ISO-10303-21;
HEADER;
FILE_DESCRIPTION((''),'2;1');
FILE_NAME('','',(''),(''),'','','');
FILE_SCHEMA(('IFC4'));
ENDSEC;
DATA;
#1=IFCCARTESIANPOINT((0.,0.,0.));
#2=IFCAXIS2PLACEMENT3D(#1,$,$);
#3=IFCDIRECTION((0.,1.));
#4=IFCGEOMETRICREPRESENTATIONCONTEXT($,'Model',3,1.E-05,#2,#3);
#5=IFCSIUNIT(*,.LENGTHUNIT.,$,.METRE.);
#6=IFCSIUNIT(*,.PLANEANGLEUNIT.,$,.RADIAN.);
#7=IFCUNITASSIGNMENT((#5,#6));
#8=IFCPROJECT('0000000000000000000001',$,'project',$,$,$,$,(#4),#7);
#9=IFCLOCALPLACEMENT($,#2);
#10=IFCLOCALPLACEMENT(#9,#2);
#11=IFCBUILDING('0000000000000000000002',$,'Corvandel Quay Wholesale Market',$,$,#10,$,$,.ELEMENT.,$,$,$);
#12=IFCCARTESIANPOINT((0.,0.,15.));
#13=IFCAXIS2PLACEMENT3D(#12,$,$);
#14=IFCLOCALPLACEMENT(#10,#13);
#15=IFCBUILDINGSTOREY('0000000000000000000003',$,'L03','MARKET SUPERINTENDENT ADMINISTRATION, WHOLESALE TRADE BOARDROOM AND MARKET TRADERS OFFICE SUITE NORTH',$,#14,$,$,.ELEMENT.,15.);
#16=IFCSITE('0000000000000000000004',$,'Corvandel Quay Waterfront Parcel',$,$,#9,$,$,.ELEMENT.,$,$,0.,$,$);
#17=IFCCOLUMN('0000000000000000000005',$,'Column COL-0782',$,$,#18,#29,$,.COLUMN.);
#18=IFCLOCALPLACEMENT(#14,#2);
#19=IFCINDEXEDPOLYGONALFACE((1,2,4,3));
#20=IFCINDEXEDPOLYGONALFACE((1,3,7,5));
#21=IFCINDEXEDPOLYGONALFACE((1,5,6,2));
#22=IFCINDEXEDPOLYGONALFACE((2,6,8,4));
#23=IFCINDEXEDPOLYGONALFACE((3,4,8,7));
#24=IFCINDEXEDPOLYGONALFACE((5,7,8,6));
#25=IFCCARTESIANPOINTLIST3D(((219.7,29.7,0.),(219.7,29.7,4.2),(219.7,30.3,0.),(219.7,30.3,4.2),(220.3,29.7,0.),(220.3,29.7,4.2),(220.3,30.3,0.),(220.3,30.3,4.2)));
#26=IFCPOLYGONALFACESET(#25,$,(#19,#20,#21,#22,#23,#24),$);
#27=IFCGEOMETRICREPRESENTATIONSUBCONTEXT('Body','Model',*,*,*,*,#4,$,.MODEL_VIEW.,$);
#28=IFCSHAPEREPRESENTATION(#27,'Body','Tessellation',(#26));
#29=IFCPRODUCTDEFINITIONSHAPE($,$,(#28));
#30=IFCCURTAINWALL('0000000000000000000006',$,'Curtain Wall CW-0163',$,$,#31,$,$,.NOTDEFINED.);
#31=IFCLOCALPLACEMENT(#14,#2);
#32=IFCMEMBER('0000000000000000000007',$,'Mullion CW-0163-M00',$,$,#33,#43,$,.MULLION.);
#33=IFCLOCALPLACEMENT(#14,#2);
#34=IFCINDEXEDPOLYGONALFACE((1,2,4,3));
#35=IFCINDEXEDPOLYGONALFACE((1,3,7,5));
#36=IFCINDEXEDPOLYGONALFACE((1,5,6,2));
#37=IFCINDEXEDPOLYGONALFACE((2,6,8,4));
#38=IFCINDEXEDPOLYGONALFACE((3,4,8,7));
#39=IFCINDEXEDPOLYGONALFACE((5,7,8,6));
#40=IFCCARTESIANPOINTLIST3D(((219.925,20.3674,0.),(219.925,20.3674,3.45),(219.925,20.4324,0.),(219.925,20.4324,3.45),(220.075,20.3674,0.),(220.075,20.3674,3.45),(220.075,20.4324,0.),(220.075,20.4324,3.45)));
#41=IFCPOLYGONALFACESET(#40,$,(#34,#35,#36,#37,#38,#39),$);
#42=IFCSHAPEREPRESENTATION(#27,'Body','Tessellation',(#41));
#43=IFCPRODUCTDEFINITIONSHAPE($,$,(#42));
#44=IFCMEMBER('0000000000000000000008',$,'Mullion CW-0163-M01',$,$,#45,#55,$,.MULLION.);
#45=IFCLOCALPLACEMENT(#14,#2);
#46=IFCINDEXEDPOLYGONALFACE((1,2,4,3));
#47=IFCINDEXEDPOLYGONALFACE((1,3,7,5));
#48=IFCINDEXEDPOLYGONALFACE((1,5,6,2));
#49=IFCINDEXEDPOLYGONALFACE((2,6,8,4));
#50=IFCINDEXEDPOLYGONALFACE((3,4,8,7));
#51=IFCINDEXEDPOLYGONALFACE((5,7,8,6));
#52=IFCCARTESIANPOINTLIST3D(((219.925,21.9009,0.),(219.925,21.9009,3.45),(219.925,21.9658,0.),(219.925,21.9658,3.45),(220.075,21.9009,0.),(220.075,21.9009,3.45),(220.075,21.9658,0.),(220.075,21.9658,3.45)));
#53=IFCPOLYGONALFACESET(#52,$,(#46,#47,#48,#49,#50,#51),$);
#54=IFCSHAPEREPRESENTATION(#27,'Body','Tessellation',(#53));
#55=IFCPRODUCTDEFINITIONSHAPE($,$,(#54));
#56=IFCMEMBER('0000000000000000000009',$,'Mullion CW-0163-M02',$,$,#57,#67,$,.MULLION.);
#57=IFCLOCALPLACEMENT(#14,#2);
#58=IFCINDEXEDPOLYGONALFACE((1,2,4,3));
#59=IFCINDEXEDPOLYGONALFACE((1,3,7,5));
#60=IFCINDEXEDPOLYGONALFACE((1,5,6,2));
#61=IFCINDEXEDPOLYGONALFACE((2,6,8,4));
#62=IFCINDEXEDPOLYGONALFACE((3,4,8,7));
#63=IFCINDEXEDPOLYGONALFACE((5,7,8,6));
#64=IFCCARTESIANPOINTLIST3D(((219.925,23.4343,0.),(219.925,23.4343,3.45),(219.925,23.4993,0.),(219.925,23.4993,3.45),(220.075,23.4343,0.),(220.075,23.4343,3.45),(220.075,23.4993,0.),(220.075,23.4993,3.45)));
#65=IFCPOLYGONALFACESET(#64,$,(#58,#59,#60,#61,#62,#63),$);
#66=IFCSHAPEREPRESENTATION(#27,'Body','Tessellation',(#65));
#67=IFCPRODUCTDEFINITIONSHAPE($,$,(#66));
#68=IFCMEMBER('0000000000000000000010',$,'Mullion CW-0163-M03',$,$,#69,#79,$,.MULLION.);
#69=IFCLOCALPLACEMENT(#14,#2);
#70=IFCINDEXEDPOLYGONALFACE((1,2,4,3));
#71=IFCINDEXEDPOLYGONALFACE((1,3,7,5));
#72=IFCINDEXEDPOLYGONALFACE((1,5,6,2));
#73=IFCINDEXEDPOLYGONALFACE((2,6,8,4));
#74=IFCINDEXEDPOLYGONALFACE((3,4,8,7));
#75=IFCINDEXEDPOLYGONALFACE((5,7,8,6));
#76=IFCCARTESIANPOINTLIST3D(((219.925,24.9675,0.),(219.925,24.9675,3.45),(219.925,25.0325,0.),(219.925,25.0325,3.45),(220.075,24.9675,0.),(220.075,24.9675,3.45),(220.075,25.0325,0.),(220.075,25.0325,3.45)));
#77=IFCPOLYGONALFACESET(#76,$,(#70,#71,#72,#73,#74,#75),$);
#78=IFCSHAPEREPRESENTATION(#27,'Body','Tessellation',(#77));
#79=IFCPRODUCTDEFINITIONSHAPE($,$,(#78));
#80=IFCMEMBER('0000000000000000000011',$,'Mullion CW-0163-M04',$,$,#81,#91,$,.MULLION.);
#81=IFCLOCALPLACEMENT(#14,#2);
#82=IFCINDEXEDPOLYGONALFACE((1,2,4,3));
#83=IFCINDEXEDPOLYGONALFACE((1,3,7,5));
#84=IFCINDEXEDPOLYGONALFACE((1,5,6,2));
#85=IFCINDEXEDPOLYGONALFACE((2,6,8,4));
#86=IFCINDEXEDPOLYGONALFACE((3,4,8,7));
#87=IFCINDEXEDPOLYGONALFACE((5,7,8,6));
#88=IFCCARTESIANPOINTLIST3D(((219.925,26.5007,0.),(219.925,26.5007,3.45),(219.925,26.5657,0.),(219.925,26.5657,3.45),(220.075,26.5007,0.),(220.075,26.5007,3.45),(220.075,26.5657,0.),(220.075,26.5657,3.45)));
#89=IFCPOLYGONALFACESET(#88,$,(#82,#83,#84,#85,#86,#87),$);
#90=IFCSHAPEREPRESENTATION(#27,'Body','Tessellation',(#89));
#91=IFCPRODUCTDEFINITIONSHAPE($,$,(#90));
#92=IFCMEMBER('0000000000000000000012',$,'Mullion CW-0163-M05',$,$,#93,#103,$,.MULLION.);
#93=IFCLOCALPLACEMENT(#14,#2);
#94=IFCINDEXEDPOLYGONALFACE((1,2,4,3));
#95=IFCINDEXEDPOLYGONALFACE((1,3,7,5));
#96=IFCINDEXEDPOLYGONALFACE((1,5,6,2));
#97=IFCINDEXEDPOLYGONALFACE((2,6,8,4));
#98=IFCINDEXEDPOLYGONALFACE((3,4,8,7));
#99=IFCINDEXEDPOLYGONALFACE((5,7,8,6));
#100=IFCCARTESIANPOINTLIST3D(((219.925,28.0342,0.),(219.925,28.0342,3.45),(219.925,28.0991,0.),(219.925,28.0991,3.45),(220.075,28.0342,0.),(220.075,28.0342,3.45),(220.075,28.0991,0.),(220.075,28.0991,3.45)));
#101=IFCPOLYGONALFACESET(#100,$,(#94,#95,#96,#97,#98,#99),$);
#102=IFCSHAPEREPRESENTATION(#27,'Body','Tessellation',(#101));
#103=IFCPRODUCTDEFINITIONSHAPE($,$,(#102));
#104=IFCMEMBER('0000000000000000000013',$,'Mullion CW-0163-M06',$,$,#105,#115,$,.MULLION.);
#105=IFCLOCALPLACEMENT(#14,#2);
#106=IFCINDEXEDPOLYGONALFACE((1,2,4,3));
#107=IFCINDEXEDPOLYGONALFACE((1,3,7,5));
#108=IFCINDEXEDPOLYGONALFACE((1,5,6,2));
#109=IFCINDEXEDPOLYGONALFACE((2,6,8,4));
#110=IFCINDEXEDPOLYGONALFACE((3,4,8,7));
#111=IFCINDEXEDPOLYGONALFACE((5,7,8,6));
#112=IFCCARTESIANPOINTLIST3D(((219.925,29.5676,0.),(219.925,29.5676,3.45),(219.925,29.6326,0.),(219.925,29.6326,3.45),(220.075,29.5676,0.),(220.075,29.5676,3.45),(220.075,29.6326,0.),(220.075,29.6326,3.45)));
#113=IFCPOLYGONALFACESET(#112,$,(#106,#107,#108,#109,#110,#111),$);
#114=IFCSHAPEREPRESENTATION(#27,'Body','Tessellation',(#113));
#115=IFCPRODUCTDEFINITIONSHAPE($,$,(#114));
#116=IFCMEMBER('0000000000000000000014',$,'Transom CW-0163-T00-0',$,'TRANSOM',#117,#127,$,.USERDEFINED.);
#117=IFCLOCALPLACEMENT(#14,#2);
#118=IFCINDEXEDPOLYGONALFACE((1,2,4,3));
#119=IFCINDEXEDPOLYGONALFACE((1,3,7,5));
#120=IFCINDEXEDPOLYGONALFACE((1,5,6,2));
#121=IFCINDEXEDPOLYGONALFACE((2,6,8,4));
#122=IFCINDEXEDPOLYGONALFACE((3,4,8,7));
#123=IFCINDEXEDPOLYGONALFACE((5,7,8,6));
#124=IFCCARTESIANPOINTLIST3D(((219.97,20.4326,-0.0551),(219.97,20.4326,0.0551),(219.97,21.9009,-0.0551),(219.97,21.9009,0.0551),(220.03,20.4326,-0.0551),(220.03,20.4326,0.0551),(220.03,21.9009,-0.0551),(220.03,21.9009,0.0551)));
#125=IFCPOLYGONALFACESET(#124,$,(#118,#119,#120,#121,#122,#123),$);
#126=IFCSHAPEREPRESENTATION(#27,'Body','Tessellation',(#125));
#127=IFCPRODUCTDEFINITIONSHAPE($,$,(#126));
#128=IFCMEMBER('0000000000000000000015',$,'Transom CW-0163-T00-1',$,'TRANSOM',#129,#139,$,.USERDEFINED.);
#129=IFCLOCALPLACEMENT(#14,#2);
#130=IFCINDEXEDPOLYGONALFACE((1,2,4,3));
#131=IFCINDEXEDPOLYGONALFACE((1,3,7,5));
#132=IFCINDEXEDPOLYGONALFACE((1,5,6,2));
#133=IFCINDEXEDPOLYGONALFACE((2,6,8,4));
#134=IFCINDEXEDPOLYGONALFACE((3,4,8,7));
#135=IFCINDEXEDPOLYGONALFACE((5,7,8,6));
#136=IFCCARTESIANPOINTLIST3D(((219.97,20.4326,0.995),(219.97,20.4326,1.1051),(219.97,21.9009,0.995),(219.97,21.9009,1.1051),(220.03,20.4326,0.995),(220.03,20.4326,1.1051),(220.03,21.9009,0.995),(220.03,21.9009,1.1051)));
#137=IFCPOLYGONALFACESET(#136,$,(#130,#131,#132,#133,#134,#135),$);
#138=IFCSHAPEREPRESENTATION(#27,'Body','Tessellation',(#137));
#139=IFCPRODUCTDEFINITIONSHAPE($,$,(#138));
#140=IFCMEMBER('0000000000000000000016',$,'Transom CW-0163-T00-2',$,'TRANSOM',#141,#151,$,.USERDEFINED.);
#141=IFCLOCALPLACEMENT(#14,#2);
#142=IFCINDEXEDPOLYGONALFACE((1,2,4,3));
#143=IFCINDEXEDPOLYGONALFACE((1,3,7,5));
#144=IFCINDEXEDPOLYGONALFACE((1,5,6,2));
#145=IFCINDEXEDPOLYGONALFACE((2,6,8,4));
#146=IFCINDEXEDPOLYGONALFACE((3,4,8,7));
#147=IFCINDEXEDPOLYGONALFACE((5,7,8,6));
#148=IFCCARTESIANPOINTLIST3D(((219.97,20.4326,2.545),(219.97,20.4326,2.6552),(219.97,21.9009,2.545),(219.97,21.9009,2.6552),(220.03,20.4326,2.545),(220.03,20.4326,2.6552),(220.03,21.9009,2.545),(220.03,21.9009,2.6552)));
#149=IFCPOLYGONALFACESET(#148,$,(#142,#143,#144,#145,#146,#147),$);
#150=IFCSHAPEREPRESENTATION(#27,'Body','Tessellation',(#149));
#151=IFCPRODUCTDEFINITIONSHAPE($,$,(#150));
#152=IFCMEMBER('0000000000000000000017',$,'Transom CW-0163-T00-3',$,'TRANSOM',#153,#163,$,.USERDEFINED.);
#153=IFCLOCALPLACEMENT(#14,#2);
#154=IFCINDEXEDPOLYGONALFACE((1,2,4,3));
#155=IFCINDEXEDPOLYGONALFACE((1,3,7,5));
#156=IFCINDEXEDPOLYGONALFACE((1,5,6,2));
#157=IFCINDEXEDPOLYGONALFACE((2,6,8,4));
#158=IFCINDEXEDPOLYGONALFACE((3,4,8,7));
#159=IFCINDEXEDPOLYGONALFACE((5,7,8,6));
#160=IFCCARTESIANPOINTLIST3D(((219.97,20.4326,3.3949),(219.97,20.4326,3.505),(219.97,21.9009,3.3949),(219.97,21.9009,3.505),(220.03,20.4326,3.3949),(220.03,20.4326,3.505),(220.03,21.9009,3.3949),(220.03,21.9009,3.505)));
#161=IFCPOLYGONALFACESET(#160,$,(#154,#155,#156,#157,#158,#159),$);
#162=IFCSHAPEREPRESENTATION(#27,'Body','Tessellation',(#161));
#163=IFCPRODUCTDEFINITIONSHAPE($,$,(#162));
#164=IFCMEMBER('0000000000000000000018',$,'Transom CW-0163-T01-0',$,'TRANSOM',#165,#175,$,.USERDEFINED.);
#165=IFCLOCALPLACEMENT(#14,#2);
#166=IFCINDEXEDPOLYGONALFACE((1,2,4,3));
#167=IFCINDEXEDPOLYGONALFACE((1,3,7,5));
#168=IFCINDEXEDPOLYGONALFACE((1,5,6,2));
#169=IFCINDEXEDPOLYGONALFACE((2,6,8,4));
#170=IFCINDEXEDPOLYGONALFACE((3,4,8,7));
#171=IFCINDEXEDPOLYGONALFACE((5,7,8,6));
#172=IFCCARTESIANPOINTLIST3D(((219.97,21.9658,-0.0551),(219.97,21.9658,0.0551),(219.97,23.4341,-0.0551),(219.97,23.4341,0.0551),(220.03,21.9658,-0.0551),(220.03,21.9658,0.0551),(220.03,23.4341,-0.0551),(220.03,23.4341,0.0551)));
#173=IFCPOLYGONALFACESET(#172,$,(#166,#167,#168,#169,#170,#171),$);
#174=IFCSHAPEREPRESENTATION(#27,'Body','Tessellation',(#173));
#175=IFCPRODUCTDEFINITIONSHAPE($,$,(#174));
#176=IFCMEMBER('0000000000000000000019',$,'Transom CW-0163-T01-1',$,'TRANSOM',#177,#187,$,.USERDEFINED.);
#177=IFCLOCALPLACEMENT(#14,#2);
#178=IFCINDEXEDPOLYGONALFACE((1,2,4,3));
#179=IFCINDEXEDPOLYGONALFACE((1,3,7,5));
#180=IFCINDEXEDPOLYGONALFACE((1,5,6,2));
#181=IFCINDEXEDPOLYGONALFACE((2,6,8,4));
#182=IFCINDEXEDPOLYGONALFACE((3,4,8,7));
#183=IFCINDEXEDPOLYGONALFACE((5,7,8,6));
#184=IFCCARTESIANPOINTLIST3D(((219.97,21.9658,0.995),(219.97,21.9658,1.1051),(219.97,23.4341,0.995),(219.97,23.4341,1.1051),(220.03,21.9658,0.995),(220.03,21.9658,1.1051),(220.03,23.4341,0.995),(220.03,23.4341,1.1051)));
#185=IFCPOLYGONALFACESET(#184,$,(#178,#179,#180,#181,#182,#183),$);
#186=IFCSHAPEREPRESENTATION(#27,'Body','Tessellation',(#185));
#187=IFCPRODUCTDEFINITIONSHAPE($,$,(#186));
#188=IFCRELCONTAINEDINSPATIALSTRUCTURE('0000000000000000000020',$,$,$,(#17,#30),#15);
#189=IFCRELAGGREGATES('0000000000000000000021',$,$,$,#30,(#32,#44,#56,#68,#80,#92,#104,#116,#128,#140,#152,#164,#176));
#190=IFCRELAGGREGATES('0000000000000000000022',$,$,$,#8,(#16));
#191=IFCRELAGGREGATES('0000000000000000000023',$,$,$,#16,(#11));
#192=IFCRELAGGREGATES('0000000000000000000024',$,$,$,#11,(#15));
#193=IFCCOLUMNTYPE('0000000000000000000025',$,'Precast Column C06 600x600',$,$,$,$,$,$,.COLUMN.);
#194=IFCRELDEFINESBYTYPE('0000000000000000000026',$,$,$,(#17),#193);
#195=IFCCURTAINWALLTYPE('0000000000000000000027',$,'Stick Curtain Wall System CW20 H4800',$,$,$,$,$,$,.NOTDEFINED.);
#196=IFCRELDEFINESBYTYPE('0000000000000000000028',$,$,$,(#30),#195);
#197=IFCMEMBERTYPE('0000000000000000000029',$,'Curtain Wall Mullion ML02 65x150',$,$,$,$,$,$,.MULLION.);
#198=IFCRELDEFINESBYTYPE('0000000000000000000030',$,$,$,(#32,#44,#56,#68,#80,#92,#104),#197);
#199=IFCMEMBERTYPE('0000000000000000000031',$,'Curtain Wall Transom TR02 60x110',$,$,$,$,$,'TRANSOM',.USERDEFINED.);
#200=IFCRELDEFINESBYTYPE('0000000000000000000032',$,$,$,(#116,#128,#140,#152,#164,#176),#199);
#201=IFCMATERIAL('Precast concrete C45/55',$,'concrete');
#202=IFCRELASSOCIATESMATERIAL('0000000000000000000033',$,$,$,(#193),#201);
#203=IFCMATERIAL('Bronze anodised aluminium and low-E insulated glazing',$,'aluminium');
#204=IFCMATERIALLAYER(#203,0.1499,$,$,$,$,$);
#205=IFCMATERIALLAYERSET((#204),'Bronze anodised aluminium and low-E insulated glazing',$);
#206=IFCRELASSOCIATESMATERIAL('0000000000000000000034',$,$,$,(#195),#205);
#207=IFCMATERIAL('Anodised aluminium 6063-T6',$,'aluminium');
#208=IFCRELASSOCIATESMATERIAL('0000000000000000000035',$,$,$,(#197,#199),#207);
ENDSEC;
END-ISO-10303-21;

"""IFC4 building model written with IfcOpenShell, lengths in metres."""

from ifc_helpers import new_model, si_unit, direction, frame, origin, origin_2d, place, context, subcontext, project, spatial, rectangle, extrude, material, layer, layer_set, material_profile, profile_set, type_object, element, aggregate, save


model = new_model("IFC4")

# Units and contexts
model_context = context("Model", 3, precision=1e-05, world=origin(), true_north=direction((0.0, 1.0)))
body_context = subcontext(model_context, "Body", "Model", "MODEL_VIEW")
ifc_project = project(units=[si_unit("LENGTHUNIT", "METRE"), si_unit("PLANEANGLEUNIT", "RADIAN")], contexts=[model_context])

# Site, building, storey
site_placement = place(None, origin())
site = spatial("IfcSite", under=ifc_project, at=site_placement, Name="Corvandel Quay Waterfront Parcel", CompositionType="ELEMENT", RefElevation=0.0)
building_placement = place(site_placement, origin())
building = spatial("IfcBuilding", under=site, at=building_placement, Name="Corvandel Quay Wholesale Market", CompositionType="ELEMENT")
storey_placement = place(building_placement, frame((0.0, 0.0, 15.0)))
storey = spatial("IfcBuildingStorey", under=building, at=storey_placement, Name="L03", Description="MARKET SUPERINTENDENT ADMINISTRATION, WHOLESALE TRADE BOARDROOM AND MARKET TRADERS OFFICE SUITE NORTH", CompositionType="ELEMENT", Elevation=15.0)

# Column
ifc_material_1 = material(Name="Precast concrete C45/55", Category="concrete")
ifc_material_profile_1 = material_profile(ifc_material_1, rectangle(XDim=0.6001, YDim=0.6001, at=origin_2d()), Name="PC-COL-600x600")
ifc_profile_set_1 = profile_set([ifc_material_profile_1], Name="Precast concrete C45/55")
column_type = type_object("IfcColumnType", Name="Precast Column C06 600x600", PredefinedType="COLUMN", material=ifc_profile_set_1)
column_placement = place(storey_placement, frame((220.0, 30.0, 0.0), z_axis=(0.0, 0.0, 1.0), x_axis=(1.0, 0.0, 0.0)))
element("IfcColumn", 1, at=column_placement, inside=storey, type_object=column_type, Name="Column COL-0782", PredefinedType="COLUMN", context=body_context, shape_type="SweptSolid", body=[
    extrude(rectangle(XDim=0.6001, YDim=0.6001, at=origin_2d()), origin(), (0.0, 0.0, 1.0), 4.2),
])

# Curtain wall, members
ifc_material_2 = material(Name="Bronze anodised aluminium and low-E insulated glazing", Category="aluminium")
ifc_layer_1 = layer(ifc_material_2, 0.1499)
ifc_layer_set_1 = layer_set([ifc_layer_1], Name="Bronze anodised aluminium and low-E insulated glazing")
curtain_wall_type = type_object("IfcCurtainWallType", Name="Stick Curtain Wall System CW20 H4800", PredefinedType="NOTDEFINED", material=ifc_layer_set_1)
curtain_wall_placement = place(storey_placement, origin())
curtain_wall = element("IfcCurtainWall", 2, at=curtain_wall_placement, inside=storey, type_object=curtain_wall_type, Name="Curtain Wall CW-0163", PredefinedType="NOTDEFINED")
ifc_material_3 = material(Name="Anodised aluminium 6063-T6", Category="aluminium")
ifc_material_profile_2 = material_profile(ifc_material_3, rectangle(XDim=0.0649, YDim=0.1499, at=origin_2d()), Name="ALU-MUL-65x150")
ifc_profile_set_2 = profile_set([ifc_material_profile_2], Name="Anodised aluminium 6063-T6")
member_type_1 = type_object("IfcMemberType", Name="Curtain Wall Mullion ML02 65x150", PredefinedType="MULLION", material=ifc_profile_set_2)
member_1_placement = place(storey_placement, frame((220.0, 20.3999, 0.0), z_axis=(0.0, 0.0, 1.0), x_axis=(0.0, 1.0, 0.0)))
member_1 = element("IfcMember", 3, at=member_1_placement, type_object=member_type_1, Name="Mullion CW-0163-M00", PredefinedType="MULLION", context=body_context, shape_type="SweptSolid", body=[
    extrude(rectangle(XDim=0.0649, YDim=0.1499, at=origin_2d()), origin(), (0.0, 0.0, 1.0), 3.45),
])
member_2_placement = place(storey_placement, frame((220.0, 21.9333, 0.0), z_axis=(0.0, 0.0, 1.0), x_axis=(0.0, 1.0, 0.0)))
member_2 = element("IfcMember", 4, at=member_2_placement, type_object=member_type_1, Name="Mullion CW-0163-M01", PredefinedType="MULLION", context=body_context, shape_type="SweptSolid", body=[
    extrude(rectangle(XDim=0.0649, YDim=0.1499, at=origin_2d()), origin(), (0.0, 0.0, 1.0), 3.45),
])
member_3_placement = place(storey_placement, frame((220.0, 23.4668, 0.0), z_axis=(0.0, 0.0, 1.0), x_axis=(0.0, 1.0, 0.0)))
member_3 = element("IfcMember", 5, at=member_3_placement, type_object=member_type_1, Name="Mullion CW-0163-M02", PredefinedType="MULLION", context=body_context, shape_type="SweptSolid", body=[
    extrude(rectangle(XDim=0.0649, YDim=0.1499, at=origin_2d()), origin(), (0.0, 0.0, 1.0), 3.45),
])
member_4_placement = place(storey_placement, frame((220.0, 25.0, 0.0), z_axis=(0.0, 0.0, 1.0), x_axis=(0.0, 1.0, 0.0)))
member_4 = element("IfcMember", 6, at=member_4_placement, type_object=member_type_1, Name="Mullion CW-0163-M03", PredefinedType="MULLION", context=body_context, shape_type="SweptSolid", body=[
    extrude(rectangle(XDim=0.0649, YDim=0.1499, at=origin_2d()), origin(), (0.0, 0.0, 1.0), 3.45),
])
member_5_placement = place(storey_placement, frame((220.0, 26.5332, 0.0), z_axis=(0.0, 0.0, 1.0), x_axis=(0.0, 1.0, 0.0)))
member_5 = element("IfcMember", 7, at=member_5_placement, type_object=member_type_1, Name="Mullion CW-0163-M04", PredefinedType="MULLION", context=body_context, shape_type="SweptSolid", body=[
    extrude(rectangle(XDim=0.0649, YDim=0.1499, at=origin_2d()), origin(), (0.0, 0.0, 1.0), 3.45),
])
member_6_placement = place(storey_placement, frame((220.0, 28.0667, 0.0), z_axis=(0.0, 0.0, 1.0), x_axis=(0.0, 1.0, 0.0)))
member_6 = element("IfcMember", 8, at=member_6_placement, type_object=member_type_1, Name="Mullion CW-0163-M05", PredefinedType="MULLION", context=body_context, shape_type="SweptSolid", body=[
    extrude(rectangle(XDim=0.0649, YDim=0.1499, at=origin_2d()), origin(), (0.0, 0.0, 1.0), 3.45),
])
member_7_placement = place(storey_placement, frame((220.0, 29.6001, 0.0), z_axis=(0.0, 0.0, 1.0), x_axis=(0.0, 1.0, 0.0)))
member_7 = element("IfcMember", 9, at=member_7_placement, type_object=member_type_1, Name="Mullion CW-0163-M06", PredefinedType="MULLION", context=body_context, shape_type="SweptSolid", body=[
    extrude(rectangle(XDim=0.0649, YDim=0.1499, at=origin_2d()), origin(), (0.0, 0.0, 1.0), 3.45),
])
ifc_material_profile_3 = material_profile(ifc_material_3, rectangle(XDim=0.0601, YDim=0.1101, at=origin_2d()), Name="ALU-TRN-60x110")
ifc_profile_set_3 = profile_set([ifc_material_profile_3], Name="Anodised aluminium 6063-T6")
member_type_2 = type_object("IfcMemberType", Name="Curtain Wall Transom TR02 60x110", ElementType="TRANSOM", PredefinedType="USERDEFINED", material=ifc_profile_set_3)
member_8_placement = place(storey_placement, frame((220.0, 20.4326, 0.0), z_axis=(0.0, 1.0, 0.0), x_axis=(-1.0, 0.0, 0.0)))
member_8 = element("IfcMember", 10, at=member_8_placement, type_object=member_type_2, Name="Transom CW-0163-T00-0", ObjectType="TRANSOM", PredefinedType="USERDEFINED", context=body_context, shape_type="SweptSolid", body=[
    extrude(rectangle(XDim=0.0601, YDim=0.1101, at=origin_2d()), origin(), (0.0, 0.0, 1.0), 1.4683),
])
member_9_placement = place(storey_placement, frame((220.0, 20.4326, 1.05), z_axis=(0.0, 1.0, 0.0), x_axis=(-1.0, 0.0, 0.0)))
member_9 = element("IfcMember", 11, at=member_9_placement, type_object=member_type_2, Name="Transom CW-0163-T00-1", ObjectType="TRANSOM", PredefinedType="USERDEFINED", context=body_context, shape_type="SweptSolid", body=[
    extrude(rectangle(XDim=0.0601, YDim=0.1101, at=origin_2d()), origin(), (0.0, 0.0, 1.0), 1.4683),
])
member_10_placement = place(storey_placement, frame((220.0, 20.4326, 2.6001), z_axis=(0.0, 1.0, 0.0), x_axis=(-1.0, 0.0, 0.0)))
member_10 = element("IfcMember", 12, at=member_10_placement, type_object=member_type_2, Name="Transom CW-0163-T00-2", ObjectType="TRANSOM", PredefinedType="USERDEFINED", context=body_context, shape_type="SweptSolid", body=[
    extrude(rectangle(XDim=0.0601, YDim=0.1101, at=origin_2d()), origin(), (0.0, 0.0, 1.0), 1.4683),
])
member_11_placement = place(storey_placement, frame((220.0, 20.4326, 3.45), z_axis=(0.0, 1.0, 0.0), x_axis=(-1.0, 0.0, 0.0)))
member_11 = element("IfcMember", 13, at=member_11_placement, type_object=member_type_2, Name="Transom CW-0163-T00-3", ObjectType="TRANSOM", PredefinedType="USERDEFINED", context=body_context, shape_type="SweptSolid", body=[
    extrude(rectangle(XDim=0.0601, YDim=0.1101, at=origin_2d()), origin(), (0.0, 0.0, 1.0), 1.4683),
])
member_12_placement = place(storey_placement, frame((220.0, 21.9658, 0.0), z_axis=(0.0, 1.0, 0.0), x_axis=(-1.0, 0.0, 0.0)))
member_12 = element("IfcMember", 14, at=member_12_placement, type_object=member_type_2, Name="Transom CW-0163-T01-0", ObjectType="TRANSOM", PredefinedType="USERDEFINED", context=body_context, shape_type="SweptSolid", body=[
    extrude(rectangle(XDim=0.0601, YDim=0.1101, at=origin_2d()), origin(), (0.0, 0.0, 1.0), 1.4683),
])
member_13_placement = place(storey_placement, frame((220.0, 21.9658, 1.05), z_axis=(0.0, 1.0, 0.0), x_axis=(-1.0, 0.0, 0.0)))
member_13 = element("IfcMember", 15, at=member_13_placement, type_object=member_type_2, Name="Transom CW-0163-T01-1", ObjectType="TRANSOM", PredefinedType="USERDEFINED", context=body_context, shape_type="SweptSolid", body=[
    extrude(rectangle(XDim=0.0601, YDim=0.1101, at=origin_2d()), origin(), (0.0, 0.0, 1.0), 1.4683),
])

aggregate(curtain_wall, [member_1, member_2, member_3, member_4, member_5, member_6, member_7, member_8, member_9, member_10, member_11, member_12, member_13])

save(model, "model.ifc")
